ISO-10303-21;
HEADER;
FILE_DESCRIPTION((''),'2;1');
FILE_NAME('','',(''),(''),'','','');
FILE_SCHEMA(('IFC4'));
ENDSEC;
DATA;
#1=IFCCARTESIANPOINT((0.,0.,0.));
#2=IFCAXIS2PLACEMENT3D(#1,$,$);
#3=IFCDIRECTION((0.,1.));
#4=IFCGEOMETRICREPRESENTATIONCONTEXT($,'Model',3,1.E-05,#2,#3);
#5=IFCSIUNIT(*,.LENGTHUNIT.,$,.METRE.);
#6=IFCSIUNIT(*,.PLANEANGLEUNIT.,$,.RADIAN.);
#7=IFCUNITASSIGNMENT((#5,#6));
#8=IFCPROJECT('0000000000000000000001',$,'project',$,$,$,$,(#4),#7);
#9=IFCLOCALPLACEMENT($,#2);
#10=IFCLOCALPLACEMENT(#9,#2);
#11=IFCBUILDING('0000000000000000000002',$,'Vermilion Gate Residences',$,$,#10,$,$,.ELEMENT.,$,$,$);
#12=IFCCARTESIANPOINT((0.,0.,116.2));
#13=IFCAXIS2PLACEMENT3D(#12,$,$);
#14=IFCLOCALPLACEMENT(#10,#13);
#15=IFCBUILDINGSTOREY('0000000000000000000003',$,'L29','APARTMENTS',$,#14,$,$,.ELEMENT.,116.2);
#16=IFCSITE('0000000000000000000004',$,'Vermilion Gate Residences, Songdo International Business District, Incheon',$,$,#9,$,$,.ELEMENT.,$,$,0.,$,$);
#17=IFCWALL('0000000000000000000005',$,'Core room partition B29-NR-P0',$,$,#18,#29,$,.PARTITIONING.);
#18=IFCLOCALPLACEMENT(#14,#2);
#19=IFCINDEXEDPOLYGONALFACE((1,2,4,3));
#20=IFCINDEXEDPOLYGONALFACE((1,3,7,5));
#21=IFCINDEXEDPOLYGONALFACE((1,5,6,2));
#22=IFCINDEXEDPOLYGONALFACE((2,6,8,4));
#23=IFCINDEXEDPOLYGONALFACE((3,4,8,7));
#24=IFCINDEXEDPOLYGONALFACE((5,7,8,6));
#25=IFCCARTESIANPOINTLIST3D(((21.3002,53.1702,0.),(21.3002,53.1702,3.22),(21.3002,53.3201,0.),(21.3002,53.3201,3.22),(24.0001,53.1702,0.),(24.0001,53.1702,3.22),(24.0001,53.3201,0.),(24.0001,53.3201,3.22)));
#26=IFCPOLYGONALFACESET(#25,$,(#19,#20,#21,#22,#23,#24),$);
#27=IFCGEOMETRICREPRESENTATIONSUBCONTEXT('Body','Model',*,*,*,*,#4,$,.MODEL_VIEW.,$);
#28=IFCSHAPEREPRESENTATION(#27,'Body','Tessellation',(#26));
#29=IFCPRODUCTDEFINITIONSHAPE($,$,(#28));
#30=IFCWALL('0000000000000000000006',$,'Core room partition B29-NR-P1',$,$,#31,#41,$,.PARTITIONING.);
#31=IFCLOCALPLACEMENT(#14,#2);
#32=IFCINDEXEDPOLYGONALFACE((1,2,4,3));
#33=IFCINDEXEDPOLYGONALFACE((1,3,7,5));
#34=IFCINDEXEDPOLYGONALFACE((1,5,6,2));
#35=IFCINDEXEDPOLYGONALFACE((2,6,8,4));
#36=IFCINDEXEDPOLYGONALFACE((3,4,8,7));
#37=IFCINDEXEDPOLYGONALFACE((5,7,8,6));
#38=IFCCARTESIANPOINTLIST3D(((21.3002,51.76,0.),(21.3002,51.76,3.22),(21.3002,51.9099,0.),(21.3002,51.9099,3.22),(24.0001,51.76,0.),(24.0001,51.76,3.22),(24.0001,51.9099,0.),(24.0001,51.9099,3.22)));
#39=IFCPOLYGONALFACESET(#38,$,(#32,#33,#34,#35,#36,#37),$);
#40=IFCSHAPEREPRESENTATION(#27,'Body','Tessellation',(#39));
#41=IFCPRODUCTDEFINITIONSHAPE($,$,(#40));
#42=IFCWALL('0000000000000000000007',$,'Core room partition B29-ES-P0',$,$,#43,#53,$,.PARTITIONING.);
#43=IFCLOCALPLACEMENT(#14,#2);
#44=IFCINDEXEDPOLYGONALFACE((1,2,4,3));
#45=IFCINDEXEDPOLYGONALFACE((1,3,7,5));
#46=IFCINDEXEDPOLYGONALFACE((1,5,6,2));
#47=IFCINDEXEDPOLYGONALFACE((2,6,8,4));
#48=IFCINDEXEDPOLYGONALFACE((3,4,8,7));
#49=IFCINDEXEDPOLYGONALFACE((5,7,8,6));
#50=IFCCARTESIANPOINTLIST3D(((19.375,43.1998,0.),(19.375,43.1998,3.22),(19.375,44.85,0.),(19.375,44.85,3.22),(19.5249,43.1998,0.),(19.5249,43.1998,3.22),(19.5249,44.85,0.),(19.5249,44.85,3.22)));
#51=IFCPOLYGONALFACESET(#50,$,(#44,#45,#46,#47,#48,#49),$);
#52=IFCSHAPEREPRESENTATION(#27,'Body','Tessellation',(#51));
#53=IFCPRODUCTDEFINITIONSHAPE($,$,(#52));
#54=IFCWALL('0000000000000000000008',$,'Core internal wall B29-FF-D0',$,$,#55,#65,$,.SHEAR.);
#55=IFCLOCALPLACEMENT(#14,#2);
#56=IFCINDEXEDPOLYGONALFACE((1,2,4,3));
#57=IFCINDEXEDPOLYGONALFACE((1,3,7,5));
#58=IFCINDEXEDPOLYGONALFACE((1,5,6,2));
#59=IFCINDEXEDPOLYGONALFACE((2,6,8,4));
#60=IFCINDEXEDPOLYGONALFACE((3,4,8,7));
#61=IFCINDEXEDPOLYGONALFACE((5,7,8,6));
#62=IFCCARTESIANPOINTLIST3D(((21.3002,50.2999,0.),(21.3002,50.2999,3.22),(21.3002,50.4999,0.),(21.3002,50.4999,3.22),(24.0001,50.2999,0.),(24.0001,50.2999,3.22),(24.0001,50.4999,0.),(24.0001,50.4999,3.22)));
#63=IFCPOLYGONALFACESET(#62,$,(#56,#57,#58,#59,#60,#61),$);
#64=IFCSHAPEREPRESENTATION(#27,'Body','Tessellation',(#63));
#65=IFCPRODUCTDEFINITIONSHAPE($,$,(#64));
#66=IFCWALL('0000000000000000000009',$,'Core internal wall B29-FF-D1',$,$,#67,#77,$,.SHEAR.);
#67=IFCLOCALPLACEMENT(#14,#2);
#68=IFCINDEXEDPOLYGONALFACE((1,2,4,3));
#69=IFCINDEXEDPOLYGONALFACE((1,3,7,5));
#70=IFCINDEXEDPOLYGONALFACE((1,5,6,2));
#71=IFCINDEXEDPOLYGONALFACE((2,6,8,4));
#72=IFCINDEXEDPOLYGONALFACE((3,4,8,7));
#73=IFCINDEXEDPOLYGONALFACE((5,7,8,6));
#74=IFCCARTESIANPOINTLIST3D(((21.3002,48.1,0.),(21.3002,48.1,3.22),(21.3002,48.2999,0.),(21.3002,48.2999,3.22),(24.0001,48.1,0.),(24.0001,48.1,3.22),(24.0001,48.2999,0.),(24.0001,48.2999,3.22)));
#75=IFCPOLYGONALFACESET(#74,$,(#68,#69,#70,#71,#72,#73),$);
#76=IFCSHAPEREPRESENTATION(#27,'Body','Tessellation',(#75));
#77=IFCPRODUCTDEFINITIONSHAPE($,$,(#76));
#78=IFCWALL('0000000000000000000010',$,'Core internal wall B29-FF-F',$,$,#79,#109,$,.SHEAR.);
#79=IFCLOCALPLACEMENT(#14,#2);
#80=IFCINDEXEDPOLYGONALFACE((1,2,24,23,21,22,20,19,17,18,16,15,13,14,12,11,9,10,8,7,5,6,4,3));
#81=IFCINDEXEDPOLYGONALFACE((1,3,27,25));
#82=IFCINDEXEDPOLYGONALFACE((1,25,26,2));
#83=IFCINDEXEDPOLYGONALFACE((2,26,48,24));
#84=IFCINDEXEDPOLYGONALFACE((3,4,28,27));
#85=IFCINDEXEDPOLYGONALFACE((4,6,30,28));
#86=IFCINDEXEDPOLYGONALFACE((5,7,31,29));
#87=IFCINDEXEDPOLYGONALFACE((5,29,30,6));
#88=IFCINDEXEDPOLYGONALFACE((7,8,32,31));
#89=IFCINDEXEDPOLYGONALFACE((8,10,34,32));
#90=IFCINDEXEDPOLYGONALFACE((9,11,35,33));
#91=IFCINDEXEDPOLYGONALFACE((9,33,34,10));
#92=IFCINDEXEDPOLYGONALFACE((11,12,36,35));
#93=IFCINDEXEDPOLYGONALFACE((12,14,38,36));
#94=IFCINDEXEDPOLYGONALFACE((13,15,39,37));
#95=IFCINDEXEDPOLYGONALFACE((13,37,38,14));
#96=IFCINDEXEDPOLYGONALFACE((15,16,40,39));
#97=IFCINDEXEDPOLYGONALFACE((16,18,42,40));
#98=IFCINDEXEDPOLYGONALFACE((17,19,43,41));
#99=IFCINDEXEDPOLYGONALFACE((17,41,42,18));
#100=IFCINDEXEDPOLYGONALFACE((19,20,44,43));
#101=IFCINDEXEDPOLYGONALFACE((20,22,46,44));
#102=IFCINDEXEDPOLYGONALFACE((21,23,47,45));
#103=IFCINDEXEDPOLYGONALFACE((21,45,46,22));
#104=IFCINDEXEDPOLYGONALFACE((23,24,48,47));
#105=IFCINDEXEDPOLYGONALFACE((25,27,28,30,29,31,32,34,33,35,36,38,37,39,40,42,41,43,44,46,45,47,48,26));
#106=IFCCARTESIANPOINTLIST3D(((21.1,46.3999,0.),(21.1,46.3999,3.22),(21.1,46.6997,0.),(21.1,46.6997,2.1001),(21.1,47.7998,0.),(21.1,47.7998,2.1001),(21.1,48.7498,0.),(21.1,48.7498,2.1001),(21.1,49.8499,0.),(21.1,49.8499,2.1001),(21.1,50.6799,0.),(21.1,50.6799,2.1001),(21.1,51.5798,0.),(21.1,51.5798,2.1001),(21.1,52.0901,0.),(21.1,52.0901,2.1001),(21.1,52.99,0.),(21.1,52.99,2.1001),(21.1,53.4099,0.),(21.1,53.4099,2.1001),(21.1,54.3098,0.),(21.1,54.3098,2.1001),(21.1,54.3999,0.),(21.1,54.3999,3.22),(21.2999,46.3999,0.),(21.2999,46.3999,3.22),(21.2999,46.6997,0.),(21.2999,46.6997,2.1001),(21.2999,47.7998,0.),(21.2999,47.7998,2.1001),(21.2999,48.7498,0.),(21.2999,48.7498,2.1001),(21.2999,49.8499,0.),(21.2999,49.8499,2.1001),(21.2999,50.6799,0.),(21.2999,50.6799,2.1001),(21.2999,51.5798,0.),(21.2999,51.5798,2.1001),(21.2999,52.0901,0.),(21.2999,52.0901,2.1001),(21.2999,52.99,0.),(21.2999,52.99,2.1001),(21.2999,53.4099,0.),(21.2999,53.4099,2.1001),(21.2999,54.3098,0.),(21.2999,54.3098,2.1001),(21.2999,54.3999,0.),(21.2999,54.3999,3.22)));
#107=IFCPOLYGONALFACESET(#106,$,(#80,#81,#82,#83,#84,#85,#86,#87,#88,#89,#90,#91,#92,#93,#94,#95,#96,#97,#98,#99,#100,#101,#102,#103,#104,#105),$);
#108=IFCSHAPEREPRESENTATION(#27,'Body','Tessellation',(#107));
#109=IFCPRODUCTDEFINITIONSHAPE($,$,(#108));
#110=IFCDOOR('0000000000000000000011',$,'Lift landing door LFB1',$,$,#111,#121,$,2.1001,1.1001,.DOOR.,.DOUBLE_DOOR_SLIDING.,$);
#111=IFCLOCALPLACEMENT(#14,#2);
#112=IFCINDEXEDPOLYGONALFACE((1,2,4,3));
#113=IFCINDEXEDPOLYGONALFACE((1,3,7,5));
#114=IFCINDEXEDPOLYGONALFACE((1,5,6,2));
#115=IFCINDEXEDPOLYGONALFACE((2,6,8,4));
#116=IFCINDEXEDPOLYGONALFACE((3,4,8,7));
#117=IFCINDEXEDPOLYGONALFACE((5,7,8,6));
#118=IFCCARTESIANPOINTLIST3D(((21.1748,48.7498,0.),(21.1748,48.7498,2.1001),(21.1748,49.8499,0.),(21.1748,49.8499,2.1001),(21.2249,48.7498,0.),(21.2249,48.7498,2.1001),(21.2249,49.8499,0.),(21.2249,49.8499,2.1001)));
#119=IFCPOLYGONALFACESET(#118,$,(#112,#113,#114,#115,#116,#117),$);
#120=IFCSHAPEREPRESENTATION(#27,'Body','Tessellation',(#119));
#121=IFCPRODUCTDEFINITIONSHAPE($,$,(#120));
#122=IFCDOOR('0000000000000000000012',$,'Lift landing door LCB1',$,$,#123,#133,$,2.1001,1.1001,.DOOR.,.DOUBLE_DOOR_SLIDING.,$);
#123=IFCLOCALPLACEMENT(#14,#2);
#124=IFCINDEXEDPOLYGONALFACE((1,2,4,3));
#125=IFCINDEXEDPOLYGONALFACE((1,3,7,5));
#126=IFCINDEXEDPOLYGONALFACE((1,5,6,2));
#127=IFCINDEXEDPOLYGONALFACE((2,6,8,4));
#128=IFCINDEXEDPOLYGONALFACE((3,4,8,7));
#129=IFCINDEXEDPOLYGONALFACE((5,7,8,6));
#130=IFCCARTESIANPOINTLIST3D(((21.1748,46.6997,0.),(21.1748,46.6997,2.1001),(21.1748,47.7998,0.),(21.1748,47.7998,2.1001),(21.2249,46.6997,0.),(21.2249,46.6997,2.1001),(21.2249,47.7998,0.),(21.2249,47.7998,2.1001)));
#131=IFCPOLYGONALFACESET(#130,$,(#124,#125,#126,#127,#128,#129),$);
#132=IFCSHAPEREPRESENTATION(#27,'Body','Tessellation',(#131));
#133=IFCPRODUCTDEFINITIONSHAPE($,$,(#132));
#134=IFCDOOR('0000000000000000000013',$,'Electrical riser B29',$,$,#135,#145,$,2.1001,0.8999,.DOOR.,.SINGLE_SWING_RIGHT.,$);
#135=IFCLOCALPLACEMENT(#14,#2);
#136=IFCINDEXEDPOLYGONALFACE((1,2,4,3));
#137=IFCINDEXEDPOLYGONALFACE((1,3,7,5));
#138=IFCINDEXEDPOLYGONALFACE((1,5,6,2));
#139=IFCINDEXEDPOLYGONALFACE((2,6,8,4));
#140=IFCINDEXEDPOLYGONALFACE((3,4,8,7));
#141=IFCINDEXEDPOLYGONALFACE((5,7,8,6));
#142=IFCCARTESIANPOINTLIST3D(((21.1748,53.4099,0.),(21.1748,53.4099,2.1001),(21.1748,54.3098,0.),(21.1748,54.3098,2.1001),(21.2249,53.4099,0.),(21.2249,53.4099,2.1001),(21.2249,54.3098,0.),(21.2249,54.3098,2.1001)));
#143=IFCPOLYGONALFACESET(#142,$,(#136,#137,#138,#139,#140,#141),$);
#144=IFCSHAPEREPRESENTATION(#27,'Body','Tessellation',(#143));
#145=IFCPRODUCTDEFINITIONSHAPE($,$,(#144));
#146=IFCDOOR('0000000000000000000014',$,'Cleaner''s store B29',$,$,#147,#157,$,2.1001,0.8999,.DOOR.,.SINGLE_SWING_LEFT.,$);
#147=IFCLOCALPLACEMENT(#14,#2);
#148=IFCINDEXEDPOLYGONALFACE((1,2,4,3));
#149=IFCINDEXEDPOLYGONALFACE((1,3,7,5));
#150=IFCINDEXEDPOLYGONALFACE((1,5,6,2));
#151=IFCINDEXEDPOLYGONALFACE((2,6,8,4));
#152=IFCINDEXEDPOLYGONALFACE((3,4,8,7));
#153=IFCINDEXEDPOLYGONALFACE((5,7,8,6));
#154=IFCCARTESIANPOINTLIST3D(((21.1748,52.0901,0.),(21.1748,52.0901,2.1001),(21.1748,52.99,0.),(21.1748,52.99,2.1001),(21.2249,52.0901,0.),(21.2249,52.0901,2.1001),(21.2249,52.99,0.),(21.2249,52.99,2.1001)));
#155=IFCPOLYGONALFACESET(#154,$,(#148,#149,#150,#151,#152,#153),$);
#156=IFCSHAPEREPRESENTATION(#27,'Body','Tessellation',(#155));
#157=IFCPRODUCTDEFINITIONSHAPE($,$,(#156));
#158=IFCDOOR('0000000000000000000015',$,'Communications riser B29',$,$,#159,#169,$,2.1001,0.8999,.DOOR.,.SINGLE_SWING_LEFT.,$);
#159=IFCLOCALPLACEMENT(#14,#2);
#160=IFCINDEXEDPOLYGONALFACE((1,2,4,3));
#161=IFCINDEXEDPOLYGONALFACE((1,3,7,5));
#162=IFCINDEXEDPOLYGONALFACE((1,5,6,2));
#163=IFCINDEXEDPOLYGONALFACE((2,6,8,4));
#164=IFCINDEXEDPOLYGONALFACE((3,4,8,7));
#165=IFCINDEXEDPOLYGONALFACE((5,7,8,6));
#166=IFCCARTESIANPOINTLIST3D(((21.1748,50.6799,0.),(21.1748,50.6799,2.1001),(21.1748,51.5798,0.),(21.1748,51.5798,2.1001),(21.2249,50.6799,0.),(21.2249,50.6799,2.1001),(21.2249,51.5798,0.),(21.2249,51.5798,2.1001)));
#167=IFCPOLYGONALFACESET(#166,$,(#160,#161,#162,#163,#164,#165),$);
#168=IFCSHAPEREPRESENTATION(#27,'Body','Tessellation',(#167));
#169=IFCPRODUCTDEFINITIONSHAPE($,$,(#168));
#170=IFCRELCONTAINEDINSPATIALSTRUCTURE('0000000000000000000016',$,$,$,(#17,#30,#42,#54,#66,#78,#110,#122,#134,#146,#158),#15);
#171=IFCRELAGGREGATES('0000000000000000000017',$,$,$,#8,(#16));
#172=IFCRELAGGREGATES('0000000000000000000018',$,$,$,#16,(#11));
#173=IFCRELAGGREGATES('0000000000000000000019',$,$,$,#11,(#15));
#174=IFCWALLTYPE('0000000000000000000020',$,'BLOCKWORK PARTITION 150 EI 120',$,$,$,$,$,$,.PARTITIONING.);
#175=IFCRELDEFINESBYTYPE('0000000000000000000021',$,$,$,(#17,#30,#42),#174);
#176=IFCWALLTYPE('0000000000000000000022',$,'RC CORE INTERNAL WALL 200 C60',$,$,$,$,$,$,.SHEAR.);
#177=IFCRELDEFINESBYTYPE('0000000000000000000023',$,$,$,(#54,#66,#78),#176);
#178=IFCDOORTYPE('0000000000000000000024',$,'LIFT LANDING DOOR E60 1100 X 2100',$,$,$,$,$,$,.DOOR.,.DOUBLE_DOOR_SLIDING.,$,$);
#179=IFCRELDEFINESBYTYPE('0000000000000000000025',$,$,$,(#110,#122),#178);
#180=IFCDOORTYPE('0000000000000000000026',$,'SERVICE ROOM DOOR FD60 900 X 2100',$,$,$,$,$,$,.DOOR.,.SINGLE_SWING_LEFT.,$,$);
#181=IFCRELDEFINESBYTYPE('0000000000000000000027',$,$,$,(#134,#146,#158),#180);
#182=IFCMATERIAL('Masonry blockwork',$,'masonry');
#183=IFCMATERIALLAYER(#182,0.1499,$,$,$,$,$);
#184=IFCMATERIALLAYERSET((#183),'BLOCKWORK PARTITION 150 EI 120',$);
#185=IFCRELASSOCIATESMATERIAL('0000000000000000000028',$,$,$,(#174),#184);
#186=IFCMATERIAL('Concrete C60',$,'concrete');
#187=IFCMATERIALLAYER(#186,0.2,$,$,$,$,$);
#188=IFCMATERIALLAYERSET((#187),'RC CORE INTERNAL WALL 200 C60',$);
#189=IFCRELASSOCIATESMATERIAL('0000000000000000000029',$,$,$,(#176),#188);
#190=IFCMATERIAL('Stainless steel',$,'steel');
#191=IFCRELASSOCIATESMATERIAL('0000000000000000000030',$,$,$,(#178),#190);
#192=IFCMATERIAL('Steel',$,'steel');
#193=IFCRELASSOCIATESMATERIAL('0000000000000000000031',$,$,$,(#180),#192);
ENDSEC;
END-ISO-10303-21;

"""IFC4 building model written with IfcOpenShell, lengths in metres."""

from ifc_helpers import new_model, si_unit, direction, frame, frame_2d, origin, place, context, subcontext, project, spatial, rectangle, extrude, material, layer, layer_set, type_object, element, fill, save


model = new_model("IFC4")

# Units and contexts
model_context = context("Model", 3, precision=1e-05, world=origin(), true_north=direction((0.0, 1.0)))
body_context = subcontext(model_context, "Body", "Model", "MODEL_VIEW")
ifc_project = project(units=[si_unit("LENGTHUNIT", "METRE"), si_unit("PLANEANGLEUNIT", "RADIAN")], contexts=[model_context])

# Site, building, storey
site_placement = place(None, origin())
site = spatial("IfcSite", under=ifc_project, at=site_placement, Name="Vermilion Gate Residences, Songdo International Business District, Incheon", CompositionType="ELEMENT", RefElevation=0.0)
building_placement = place(site_placement, origin())
building = spatial("IfcBuilding", under=site, at=building_placement, Name="Vermilion Gate Residences", CompositionType="ELEMENT")
storey_placement = place(building_placement, frame((0.0, 0.0, 116.2)))
storey = spatial("IfcBuildingStorey", under=building, at=storey_placement, Name="L29", Description="APARTMENTS", CompositionType="ELEMENT", Elevation=116.2)

# Walls
ifc_material_1 = material(Name="Masonry blockwork", Category="masonry")
ifc_layer_1 = layer(ifc_material_1, 0.1499)
ifc_layer_set_1 = layer_set([ifc_layer_1], Name="BLOCKWORK PARTITION 150 EI 120")
wall_type_1 = type_object("IfcWallType", Name="BLOCKWORK PARTITION 150 EI 120", PredefinedType="PARTITIONING", material=ifc_layer_set_1)
for number, where, z_axis, x_axis, name in (
    (1, (21.3, 53.2451, 0.0), (0.0, 0.0, 1.0), (1.0, 0.0, 0.0), "Core room partition B29-NR-P0"),
    (2, (21.3, 51.835, 0.0), (0.0, 0.0, 1.0), (1.0, 0.0, 0.0), "Core room partition B29-NR-P1"),
):
    element("IfcWall", number, at=place(storey_placement, frame(where, z_axis=z_axis, x_axis=x_axis)), inside=storey, type_object=wall_type_1, Name=name, PredefinedType="PARTITIONING", context=body_context, shape_type="SweptSolid", body=[
        extrude(rectangle(XDim=2.7, YDim=0.1499, at=frame_2d((1.3501, 0.0))), origin(), (0.0, 0.0, 1.0), 3.22),
    ])
wall_1_placement = place(storey_placement, frame((19.45, 44.8501, 0.0), z_axis=(0.0, 0.0, 1.0), x_axis=(0.0, -1.0, 0.0)))
element("IfcWall", 3, at=wall_1_placement, inside=storey, type_object=wall_type_1, Name="Core room partition B29-ES-P0", PredefinedType="PARTITIONING", context=body_context, shape_type="SweptSolid", body=[
    extrude(rectangle(XDim=1.6501, YDim=0.1499, at=frame_2d((0.8252, 0.0))), origin(), (0.0, 0.0, 1.0), 3.22),
])
ifc_material_2 = material(Name="Concrete C60", Category="concrete")
ifc_layer_2 = layer(ifc_material_2, 0.2)
ifc_layer_set_2 = layer_set([ifc_layer_2], Name="RC CORE INTERNAL WALL 200 C60")
wall_type_2 = type_object("IfcWallType", Name="RC CORE INTERNAL WALL 200 C60", PredefinedType="SHEAR", material=ifc_layer_set_2)
for number, where, z_axis, x_axis, name in (
    (4, (21.3, 50.3999, 0.0), (0.0, 0.0, 1.0), (1.0, 0.0, 0.0), "Core internal wall B29-FF-D0"),
    (5, (21.3, 48.2, 0.0), (0.0, 0.0, 1.0), (1.0, 0.0, 0.0), "Core internal wall B29-FF-D1"),
):
    element("IfcWall", number, at=place(storey_placement, frame(where, z_axis=z_axis, x_axis=x_axis)), inside=storey, type_object=wall_type_2, Name=name, PredefinedType="SHEAR", context=body_context, shape_type="SweptSolid", body=[
        extrude(rectangle(XDim=2.7, YDim=0.2, at=frame_2d((1.3501, 0.0))), origin(), (0.0, 0.0, 1.0), 3.22),
    ])

# Wall, openings, doors
wall_2_placement = place(storey_placement, frame((21.2, 54.3999, 0.0), z_axis=(0.0, 0.0, 1.0), x_axis=(0.0, -1.0, 0.0)))
wall_2 = element("IfcWall", 6, at=wall_2_placement, inside=storey, type_object=wall_type_2, Name="Core internal wall B29-FF-F", PredefinedType="SHEAR", context=body_context, shape_type="SweptSolid", body=[
    extrude(rectangle(XDim=8.0, YDim=0.2, at=frame_2d((4.0, 0.0))), origin(), (0.0, 0.0, 1.0), 3.22),
])
opening_1_placement = place(wall_2_placement, frame((0.0901, 0.0, 0.0)))
opening_1 = element("IfcOpeningElement", 7, at=opening_1_placement, cuts=wall_2, PredefinedType="OPENING", context=body_context, shape_type="SweptSolid", body=[
    extrude(rectangle(XDim=0.8999, YDim=2.1001, at=frame_2d((0.45, 1.05))), frame((0.0, 0.1099, 0.0), z_axis=(0.0, -1.0, 0.0), x_axis=(1.0, 0.0, 0.0)), (0.0, 0.0, 1.0), 0.22),
])
opening_2_placement = place(wall_2_placement, frame((1.4099, 0.0, 0.0)))
opening_2 = element("IfcOpeningElement", 8, at=opening_2_placement, cuts=wall_2, PredefinedType="OPENING", context=body_context, shape_type="SweptSolid", body=[
    extrude(rectangle(XDim=0.8999, YDim=2.1001, at=frame_2d((0.45, 1.05))), frame((0.0, 0.1099, 0.0), z_axis=(0.0, -1.0, 0.0), x_axis=(1.0, 0.0, 0.0)), (0.0, 0.0, 1.0), 0.22),
])
opening_3_placement = place(wall_2_placement, frame((2.8201, 0.0, 0.0)))
opening_3 = element("IfcOpeningElement", 9, at=opening_3_placement, cuts=wall_2, PredefinedType="OPENING", context=body_context, shape_type="SweptSolid", body=[
    extrude(rectangle(XDim=0.8999, YDim=2.1001, at=frame_2d((0.45, 1.05))), frame((0.0, 0.1099, 0.0), z_axis=(0.0, -1.0, 0.0), x_axis=(1.0, 0.0, 0.0)), (0.0, 0.0, 1.0), 0.22),
])
opening_4_placement = place(wall_2_placement, frame((4.55, 0.0, 0.0)))
opening_4 = element("IfcOpeningElement", 10, at=opening_4_placement, cuts=wall_2, PredefinedType="OPENING", context=body_context, shape_type="SweptSolid", body=[
    extrude(rectangle(XDim=1.1001, YDim=2.1001, at=frame_2d((0.55, 1.05))), frame((0.0, 0.1099, 0.0), z_axis=(0.0, -1.0, 0.0), x_axis=(1.0, 0.0, 0.0)), (0.0, 0.0, 1.0), 0.22),
])
opening_5_placement = place(wall_2_placement, frame((6.6001, 0.0, 0.0)))
opening_5 = element("IfcOpeningElement", 11, at=opening_5_placement, cuts=wall_2, PredefinedType="OPENING", context=body_context, shape_type="SweptSolid", body=[
    extrude(rectangle(XDim=1.1001, YDim=2.1001, at=frame_2d((0.55, 1.05))), frame((0.0, 0.1099, 0.0), z_axis=(0.0, -1.0, 0.0), x_axis=(1.0, 0.0, 0.0)), (0.0, 0.0, 1.0), 0.22),
])
ifc_material_3 = material(Name="Stainless steel", Category="steel")
door_type_1 = type_object("IfcDoorType", Name="LIFT LANDING DOOR E60 1100 X 2100", OperationType="DOUBLE_DOOR_SLIDING", PredefinedType="DOOR", material=ifc_material_3)
door_1_placement = place(opening_4_placement, origin())
door_1 = element("IfcDoor", 12, at=door_1_placement, inside=storey, type_object=door_type_1, Name="Lift landing door LFB1", OperationType="DOUBLE_DOOR_SLIDING", OverallHeight=2.1001, OverallWidth=1.1001, PredefinedType="DOOR", context=body_context, shape_type="SweptSolid", body=[
    extrude(rectangle(XDim=1.1001, YDim=2.1001, at=frame_2d((0.55, 1.05))), frame((0.0, 0.0249, 0.0), z_axis=(0.0, -1.0, 0.0), x_axis=(1.0, 0.0, 0.0)), (0.0, 0.0, 1.0), 0.05),
])
fill(opening_4, door_1)
door_2_placement = place(opening_5_placement, origin())
door_2 = element("IfcDoor", 13, at=door_2_placement, inside=storey, type_object=door_type_1, Name="Lift landing door LCB1", OperationType="DOUBLE_DOOR_SLIDING", OverallHeight=2.1001, OverallWidth=1.1001, PredefinedType="DOOR", context=body_context, shape_type="SweptSolid", body=[
    extrude(rectangle(XDim=1.1001, YDim=2.1001, at=frame_2d((0.55, 1.05))), frame((0.0, 0.0249, 0.0), z_axis=(0.0, -1.0, 0.0), x_axis=(1.0, 0.0, 0.0)), (0.0, 0.0, 1.0), 0.05),
])
fill(opening_5, door_2)
ifc_material_4 = material(Name="Steel", Category="steel")
door_type_2 = type_object("IfcDoorType", Name="SERVICE ROOM DOOR FD60 900 X 2100", OperationType="SINGLE_SWING_LEFT", PredefinedType="DOOR", material=ifc_material_4)
door_3_placement = place(opening_1_placement, origin())
door_3 = element("IfcDoor", 14, at=door_3_placement, inside=storey, type_object=door_type_2, Name="Electrical riser B29", OperationType="SINGLE_SWING_RIGHT", OverallHeight=2.1001, OverallWidth=0.8999, PredefinedType="DOOR", context=body_context, shape_type="SweptSolid", body=[
    extrude(rectangle(XDim=0.8999, YDim=2.1001, at=frame_2d((0.45, 1.05))), frame((0.0, 0.0249, 0.0), z_axis=(0.0, -1.0, 0.0), x_axis=(1.0, 0.0, 0.0)), (0.0, 0.0, 1.0), 0.05),
])
fill(opening_1, door_3)
door_4_placement = place(opening_2_placement, origin())
door_4 = element("IfcDoor", 15, at=door_4_placement, inside=storey, type_object=door_type_2, Name="Cleaner's store B29", OperationType="SINGLE_SWING_LEFT", OverallHeight=2.1001, OverallWidth=0.8999, PredefinedType="DOOR", context=body_context, shape_type="SweptSolid", body=[
    extrude(rectangle(XDim=0.8999, YDim=2.1001, at=frame_2d((0.45, 1.05))), frame((0.0, 0.0249, 0.0), z_axis=(0.0, -1.0, 0.0), x_axis=(1.0, 0.0, 0.0)), (0.0, 0.0, 1.0), 0.05),
])
fill(opening_2, door_4)
door_5_placement = place(opening_3_placement, origin())
door_5 = element("IfcDoor", 16, at=door_5_placement, inside=storey, type_object=door_type_2, Name="Communications riser B29", OperationType="SINGLE_SWING_LEFT", OverallHeight=2.1001, OverallWidth=0.8999, PredefinedType="DOOR", context=body_context, shape_type="SweptSolid", body=[
    extrude(rectangle(XDim=0.8999, YDim=2.1001, at=frame_2d((0.45, 1.05))), frame((0.0, 0.0249, 0.0), z_axis=(0.0, -1.0, 0.0), x_axis=(1.0, 0.0, 0.0)), (0.0, 0.0, 1.0), 0.05),
])
fill(opening_3, door_5)

save(model, "model.ifc")
